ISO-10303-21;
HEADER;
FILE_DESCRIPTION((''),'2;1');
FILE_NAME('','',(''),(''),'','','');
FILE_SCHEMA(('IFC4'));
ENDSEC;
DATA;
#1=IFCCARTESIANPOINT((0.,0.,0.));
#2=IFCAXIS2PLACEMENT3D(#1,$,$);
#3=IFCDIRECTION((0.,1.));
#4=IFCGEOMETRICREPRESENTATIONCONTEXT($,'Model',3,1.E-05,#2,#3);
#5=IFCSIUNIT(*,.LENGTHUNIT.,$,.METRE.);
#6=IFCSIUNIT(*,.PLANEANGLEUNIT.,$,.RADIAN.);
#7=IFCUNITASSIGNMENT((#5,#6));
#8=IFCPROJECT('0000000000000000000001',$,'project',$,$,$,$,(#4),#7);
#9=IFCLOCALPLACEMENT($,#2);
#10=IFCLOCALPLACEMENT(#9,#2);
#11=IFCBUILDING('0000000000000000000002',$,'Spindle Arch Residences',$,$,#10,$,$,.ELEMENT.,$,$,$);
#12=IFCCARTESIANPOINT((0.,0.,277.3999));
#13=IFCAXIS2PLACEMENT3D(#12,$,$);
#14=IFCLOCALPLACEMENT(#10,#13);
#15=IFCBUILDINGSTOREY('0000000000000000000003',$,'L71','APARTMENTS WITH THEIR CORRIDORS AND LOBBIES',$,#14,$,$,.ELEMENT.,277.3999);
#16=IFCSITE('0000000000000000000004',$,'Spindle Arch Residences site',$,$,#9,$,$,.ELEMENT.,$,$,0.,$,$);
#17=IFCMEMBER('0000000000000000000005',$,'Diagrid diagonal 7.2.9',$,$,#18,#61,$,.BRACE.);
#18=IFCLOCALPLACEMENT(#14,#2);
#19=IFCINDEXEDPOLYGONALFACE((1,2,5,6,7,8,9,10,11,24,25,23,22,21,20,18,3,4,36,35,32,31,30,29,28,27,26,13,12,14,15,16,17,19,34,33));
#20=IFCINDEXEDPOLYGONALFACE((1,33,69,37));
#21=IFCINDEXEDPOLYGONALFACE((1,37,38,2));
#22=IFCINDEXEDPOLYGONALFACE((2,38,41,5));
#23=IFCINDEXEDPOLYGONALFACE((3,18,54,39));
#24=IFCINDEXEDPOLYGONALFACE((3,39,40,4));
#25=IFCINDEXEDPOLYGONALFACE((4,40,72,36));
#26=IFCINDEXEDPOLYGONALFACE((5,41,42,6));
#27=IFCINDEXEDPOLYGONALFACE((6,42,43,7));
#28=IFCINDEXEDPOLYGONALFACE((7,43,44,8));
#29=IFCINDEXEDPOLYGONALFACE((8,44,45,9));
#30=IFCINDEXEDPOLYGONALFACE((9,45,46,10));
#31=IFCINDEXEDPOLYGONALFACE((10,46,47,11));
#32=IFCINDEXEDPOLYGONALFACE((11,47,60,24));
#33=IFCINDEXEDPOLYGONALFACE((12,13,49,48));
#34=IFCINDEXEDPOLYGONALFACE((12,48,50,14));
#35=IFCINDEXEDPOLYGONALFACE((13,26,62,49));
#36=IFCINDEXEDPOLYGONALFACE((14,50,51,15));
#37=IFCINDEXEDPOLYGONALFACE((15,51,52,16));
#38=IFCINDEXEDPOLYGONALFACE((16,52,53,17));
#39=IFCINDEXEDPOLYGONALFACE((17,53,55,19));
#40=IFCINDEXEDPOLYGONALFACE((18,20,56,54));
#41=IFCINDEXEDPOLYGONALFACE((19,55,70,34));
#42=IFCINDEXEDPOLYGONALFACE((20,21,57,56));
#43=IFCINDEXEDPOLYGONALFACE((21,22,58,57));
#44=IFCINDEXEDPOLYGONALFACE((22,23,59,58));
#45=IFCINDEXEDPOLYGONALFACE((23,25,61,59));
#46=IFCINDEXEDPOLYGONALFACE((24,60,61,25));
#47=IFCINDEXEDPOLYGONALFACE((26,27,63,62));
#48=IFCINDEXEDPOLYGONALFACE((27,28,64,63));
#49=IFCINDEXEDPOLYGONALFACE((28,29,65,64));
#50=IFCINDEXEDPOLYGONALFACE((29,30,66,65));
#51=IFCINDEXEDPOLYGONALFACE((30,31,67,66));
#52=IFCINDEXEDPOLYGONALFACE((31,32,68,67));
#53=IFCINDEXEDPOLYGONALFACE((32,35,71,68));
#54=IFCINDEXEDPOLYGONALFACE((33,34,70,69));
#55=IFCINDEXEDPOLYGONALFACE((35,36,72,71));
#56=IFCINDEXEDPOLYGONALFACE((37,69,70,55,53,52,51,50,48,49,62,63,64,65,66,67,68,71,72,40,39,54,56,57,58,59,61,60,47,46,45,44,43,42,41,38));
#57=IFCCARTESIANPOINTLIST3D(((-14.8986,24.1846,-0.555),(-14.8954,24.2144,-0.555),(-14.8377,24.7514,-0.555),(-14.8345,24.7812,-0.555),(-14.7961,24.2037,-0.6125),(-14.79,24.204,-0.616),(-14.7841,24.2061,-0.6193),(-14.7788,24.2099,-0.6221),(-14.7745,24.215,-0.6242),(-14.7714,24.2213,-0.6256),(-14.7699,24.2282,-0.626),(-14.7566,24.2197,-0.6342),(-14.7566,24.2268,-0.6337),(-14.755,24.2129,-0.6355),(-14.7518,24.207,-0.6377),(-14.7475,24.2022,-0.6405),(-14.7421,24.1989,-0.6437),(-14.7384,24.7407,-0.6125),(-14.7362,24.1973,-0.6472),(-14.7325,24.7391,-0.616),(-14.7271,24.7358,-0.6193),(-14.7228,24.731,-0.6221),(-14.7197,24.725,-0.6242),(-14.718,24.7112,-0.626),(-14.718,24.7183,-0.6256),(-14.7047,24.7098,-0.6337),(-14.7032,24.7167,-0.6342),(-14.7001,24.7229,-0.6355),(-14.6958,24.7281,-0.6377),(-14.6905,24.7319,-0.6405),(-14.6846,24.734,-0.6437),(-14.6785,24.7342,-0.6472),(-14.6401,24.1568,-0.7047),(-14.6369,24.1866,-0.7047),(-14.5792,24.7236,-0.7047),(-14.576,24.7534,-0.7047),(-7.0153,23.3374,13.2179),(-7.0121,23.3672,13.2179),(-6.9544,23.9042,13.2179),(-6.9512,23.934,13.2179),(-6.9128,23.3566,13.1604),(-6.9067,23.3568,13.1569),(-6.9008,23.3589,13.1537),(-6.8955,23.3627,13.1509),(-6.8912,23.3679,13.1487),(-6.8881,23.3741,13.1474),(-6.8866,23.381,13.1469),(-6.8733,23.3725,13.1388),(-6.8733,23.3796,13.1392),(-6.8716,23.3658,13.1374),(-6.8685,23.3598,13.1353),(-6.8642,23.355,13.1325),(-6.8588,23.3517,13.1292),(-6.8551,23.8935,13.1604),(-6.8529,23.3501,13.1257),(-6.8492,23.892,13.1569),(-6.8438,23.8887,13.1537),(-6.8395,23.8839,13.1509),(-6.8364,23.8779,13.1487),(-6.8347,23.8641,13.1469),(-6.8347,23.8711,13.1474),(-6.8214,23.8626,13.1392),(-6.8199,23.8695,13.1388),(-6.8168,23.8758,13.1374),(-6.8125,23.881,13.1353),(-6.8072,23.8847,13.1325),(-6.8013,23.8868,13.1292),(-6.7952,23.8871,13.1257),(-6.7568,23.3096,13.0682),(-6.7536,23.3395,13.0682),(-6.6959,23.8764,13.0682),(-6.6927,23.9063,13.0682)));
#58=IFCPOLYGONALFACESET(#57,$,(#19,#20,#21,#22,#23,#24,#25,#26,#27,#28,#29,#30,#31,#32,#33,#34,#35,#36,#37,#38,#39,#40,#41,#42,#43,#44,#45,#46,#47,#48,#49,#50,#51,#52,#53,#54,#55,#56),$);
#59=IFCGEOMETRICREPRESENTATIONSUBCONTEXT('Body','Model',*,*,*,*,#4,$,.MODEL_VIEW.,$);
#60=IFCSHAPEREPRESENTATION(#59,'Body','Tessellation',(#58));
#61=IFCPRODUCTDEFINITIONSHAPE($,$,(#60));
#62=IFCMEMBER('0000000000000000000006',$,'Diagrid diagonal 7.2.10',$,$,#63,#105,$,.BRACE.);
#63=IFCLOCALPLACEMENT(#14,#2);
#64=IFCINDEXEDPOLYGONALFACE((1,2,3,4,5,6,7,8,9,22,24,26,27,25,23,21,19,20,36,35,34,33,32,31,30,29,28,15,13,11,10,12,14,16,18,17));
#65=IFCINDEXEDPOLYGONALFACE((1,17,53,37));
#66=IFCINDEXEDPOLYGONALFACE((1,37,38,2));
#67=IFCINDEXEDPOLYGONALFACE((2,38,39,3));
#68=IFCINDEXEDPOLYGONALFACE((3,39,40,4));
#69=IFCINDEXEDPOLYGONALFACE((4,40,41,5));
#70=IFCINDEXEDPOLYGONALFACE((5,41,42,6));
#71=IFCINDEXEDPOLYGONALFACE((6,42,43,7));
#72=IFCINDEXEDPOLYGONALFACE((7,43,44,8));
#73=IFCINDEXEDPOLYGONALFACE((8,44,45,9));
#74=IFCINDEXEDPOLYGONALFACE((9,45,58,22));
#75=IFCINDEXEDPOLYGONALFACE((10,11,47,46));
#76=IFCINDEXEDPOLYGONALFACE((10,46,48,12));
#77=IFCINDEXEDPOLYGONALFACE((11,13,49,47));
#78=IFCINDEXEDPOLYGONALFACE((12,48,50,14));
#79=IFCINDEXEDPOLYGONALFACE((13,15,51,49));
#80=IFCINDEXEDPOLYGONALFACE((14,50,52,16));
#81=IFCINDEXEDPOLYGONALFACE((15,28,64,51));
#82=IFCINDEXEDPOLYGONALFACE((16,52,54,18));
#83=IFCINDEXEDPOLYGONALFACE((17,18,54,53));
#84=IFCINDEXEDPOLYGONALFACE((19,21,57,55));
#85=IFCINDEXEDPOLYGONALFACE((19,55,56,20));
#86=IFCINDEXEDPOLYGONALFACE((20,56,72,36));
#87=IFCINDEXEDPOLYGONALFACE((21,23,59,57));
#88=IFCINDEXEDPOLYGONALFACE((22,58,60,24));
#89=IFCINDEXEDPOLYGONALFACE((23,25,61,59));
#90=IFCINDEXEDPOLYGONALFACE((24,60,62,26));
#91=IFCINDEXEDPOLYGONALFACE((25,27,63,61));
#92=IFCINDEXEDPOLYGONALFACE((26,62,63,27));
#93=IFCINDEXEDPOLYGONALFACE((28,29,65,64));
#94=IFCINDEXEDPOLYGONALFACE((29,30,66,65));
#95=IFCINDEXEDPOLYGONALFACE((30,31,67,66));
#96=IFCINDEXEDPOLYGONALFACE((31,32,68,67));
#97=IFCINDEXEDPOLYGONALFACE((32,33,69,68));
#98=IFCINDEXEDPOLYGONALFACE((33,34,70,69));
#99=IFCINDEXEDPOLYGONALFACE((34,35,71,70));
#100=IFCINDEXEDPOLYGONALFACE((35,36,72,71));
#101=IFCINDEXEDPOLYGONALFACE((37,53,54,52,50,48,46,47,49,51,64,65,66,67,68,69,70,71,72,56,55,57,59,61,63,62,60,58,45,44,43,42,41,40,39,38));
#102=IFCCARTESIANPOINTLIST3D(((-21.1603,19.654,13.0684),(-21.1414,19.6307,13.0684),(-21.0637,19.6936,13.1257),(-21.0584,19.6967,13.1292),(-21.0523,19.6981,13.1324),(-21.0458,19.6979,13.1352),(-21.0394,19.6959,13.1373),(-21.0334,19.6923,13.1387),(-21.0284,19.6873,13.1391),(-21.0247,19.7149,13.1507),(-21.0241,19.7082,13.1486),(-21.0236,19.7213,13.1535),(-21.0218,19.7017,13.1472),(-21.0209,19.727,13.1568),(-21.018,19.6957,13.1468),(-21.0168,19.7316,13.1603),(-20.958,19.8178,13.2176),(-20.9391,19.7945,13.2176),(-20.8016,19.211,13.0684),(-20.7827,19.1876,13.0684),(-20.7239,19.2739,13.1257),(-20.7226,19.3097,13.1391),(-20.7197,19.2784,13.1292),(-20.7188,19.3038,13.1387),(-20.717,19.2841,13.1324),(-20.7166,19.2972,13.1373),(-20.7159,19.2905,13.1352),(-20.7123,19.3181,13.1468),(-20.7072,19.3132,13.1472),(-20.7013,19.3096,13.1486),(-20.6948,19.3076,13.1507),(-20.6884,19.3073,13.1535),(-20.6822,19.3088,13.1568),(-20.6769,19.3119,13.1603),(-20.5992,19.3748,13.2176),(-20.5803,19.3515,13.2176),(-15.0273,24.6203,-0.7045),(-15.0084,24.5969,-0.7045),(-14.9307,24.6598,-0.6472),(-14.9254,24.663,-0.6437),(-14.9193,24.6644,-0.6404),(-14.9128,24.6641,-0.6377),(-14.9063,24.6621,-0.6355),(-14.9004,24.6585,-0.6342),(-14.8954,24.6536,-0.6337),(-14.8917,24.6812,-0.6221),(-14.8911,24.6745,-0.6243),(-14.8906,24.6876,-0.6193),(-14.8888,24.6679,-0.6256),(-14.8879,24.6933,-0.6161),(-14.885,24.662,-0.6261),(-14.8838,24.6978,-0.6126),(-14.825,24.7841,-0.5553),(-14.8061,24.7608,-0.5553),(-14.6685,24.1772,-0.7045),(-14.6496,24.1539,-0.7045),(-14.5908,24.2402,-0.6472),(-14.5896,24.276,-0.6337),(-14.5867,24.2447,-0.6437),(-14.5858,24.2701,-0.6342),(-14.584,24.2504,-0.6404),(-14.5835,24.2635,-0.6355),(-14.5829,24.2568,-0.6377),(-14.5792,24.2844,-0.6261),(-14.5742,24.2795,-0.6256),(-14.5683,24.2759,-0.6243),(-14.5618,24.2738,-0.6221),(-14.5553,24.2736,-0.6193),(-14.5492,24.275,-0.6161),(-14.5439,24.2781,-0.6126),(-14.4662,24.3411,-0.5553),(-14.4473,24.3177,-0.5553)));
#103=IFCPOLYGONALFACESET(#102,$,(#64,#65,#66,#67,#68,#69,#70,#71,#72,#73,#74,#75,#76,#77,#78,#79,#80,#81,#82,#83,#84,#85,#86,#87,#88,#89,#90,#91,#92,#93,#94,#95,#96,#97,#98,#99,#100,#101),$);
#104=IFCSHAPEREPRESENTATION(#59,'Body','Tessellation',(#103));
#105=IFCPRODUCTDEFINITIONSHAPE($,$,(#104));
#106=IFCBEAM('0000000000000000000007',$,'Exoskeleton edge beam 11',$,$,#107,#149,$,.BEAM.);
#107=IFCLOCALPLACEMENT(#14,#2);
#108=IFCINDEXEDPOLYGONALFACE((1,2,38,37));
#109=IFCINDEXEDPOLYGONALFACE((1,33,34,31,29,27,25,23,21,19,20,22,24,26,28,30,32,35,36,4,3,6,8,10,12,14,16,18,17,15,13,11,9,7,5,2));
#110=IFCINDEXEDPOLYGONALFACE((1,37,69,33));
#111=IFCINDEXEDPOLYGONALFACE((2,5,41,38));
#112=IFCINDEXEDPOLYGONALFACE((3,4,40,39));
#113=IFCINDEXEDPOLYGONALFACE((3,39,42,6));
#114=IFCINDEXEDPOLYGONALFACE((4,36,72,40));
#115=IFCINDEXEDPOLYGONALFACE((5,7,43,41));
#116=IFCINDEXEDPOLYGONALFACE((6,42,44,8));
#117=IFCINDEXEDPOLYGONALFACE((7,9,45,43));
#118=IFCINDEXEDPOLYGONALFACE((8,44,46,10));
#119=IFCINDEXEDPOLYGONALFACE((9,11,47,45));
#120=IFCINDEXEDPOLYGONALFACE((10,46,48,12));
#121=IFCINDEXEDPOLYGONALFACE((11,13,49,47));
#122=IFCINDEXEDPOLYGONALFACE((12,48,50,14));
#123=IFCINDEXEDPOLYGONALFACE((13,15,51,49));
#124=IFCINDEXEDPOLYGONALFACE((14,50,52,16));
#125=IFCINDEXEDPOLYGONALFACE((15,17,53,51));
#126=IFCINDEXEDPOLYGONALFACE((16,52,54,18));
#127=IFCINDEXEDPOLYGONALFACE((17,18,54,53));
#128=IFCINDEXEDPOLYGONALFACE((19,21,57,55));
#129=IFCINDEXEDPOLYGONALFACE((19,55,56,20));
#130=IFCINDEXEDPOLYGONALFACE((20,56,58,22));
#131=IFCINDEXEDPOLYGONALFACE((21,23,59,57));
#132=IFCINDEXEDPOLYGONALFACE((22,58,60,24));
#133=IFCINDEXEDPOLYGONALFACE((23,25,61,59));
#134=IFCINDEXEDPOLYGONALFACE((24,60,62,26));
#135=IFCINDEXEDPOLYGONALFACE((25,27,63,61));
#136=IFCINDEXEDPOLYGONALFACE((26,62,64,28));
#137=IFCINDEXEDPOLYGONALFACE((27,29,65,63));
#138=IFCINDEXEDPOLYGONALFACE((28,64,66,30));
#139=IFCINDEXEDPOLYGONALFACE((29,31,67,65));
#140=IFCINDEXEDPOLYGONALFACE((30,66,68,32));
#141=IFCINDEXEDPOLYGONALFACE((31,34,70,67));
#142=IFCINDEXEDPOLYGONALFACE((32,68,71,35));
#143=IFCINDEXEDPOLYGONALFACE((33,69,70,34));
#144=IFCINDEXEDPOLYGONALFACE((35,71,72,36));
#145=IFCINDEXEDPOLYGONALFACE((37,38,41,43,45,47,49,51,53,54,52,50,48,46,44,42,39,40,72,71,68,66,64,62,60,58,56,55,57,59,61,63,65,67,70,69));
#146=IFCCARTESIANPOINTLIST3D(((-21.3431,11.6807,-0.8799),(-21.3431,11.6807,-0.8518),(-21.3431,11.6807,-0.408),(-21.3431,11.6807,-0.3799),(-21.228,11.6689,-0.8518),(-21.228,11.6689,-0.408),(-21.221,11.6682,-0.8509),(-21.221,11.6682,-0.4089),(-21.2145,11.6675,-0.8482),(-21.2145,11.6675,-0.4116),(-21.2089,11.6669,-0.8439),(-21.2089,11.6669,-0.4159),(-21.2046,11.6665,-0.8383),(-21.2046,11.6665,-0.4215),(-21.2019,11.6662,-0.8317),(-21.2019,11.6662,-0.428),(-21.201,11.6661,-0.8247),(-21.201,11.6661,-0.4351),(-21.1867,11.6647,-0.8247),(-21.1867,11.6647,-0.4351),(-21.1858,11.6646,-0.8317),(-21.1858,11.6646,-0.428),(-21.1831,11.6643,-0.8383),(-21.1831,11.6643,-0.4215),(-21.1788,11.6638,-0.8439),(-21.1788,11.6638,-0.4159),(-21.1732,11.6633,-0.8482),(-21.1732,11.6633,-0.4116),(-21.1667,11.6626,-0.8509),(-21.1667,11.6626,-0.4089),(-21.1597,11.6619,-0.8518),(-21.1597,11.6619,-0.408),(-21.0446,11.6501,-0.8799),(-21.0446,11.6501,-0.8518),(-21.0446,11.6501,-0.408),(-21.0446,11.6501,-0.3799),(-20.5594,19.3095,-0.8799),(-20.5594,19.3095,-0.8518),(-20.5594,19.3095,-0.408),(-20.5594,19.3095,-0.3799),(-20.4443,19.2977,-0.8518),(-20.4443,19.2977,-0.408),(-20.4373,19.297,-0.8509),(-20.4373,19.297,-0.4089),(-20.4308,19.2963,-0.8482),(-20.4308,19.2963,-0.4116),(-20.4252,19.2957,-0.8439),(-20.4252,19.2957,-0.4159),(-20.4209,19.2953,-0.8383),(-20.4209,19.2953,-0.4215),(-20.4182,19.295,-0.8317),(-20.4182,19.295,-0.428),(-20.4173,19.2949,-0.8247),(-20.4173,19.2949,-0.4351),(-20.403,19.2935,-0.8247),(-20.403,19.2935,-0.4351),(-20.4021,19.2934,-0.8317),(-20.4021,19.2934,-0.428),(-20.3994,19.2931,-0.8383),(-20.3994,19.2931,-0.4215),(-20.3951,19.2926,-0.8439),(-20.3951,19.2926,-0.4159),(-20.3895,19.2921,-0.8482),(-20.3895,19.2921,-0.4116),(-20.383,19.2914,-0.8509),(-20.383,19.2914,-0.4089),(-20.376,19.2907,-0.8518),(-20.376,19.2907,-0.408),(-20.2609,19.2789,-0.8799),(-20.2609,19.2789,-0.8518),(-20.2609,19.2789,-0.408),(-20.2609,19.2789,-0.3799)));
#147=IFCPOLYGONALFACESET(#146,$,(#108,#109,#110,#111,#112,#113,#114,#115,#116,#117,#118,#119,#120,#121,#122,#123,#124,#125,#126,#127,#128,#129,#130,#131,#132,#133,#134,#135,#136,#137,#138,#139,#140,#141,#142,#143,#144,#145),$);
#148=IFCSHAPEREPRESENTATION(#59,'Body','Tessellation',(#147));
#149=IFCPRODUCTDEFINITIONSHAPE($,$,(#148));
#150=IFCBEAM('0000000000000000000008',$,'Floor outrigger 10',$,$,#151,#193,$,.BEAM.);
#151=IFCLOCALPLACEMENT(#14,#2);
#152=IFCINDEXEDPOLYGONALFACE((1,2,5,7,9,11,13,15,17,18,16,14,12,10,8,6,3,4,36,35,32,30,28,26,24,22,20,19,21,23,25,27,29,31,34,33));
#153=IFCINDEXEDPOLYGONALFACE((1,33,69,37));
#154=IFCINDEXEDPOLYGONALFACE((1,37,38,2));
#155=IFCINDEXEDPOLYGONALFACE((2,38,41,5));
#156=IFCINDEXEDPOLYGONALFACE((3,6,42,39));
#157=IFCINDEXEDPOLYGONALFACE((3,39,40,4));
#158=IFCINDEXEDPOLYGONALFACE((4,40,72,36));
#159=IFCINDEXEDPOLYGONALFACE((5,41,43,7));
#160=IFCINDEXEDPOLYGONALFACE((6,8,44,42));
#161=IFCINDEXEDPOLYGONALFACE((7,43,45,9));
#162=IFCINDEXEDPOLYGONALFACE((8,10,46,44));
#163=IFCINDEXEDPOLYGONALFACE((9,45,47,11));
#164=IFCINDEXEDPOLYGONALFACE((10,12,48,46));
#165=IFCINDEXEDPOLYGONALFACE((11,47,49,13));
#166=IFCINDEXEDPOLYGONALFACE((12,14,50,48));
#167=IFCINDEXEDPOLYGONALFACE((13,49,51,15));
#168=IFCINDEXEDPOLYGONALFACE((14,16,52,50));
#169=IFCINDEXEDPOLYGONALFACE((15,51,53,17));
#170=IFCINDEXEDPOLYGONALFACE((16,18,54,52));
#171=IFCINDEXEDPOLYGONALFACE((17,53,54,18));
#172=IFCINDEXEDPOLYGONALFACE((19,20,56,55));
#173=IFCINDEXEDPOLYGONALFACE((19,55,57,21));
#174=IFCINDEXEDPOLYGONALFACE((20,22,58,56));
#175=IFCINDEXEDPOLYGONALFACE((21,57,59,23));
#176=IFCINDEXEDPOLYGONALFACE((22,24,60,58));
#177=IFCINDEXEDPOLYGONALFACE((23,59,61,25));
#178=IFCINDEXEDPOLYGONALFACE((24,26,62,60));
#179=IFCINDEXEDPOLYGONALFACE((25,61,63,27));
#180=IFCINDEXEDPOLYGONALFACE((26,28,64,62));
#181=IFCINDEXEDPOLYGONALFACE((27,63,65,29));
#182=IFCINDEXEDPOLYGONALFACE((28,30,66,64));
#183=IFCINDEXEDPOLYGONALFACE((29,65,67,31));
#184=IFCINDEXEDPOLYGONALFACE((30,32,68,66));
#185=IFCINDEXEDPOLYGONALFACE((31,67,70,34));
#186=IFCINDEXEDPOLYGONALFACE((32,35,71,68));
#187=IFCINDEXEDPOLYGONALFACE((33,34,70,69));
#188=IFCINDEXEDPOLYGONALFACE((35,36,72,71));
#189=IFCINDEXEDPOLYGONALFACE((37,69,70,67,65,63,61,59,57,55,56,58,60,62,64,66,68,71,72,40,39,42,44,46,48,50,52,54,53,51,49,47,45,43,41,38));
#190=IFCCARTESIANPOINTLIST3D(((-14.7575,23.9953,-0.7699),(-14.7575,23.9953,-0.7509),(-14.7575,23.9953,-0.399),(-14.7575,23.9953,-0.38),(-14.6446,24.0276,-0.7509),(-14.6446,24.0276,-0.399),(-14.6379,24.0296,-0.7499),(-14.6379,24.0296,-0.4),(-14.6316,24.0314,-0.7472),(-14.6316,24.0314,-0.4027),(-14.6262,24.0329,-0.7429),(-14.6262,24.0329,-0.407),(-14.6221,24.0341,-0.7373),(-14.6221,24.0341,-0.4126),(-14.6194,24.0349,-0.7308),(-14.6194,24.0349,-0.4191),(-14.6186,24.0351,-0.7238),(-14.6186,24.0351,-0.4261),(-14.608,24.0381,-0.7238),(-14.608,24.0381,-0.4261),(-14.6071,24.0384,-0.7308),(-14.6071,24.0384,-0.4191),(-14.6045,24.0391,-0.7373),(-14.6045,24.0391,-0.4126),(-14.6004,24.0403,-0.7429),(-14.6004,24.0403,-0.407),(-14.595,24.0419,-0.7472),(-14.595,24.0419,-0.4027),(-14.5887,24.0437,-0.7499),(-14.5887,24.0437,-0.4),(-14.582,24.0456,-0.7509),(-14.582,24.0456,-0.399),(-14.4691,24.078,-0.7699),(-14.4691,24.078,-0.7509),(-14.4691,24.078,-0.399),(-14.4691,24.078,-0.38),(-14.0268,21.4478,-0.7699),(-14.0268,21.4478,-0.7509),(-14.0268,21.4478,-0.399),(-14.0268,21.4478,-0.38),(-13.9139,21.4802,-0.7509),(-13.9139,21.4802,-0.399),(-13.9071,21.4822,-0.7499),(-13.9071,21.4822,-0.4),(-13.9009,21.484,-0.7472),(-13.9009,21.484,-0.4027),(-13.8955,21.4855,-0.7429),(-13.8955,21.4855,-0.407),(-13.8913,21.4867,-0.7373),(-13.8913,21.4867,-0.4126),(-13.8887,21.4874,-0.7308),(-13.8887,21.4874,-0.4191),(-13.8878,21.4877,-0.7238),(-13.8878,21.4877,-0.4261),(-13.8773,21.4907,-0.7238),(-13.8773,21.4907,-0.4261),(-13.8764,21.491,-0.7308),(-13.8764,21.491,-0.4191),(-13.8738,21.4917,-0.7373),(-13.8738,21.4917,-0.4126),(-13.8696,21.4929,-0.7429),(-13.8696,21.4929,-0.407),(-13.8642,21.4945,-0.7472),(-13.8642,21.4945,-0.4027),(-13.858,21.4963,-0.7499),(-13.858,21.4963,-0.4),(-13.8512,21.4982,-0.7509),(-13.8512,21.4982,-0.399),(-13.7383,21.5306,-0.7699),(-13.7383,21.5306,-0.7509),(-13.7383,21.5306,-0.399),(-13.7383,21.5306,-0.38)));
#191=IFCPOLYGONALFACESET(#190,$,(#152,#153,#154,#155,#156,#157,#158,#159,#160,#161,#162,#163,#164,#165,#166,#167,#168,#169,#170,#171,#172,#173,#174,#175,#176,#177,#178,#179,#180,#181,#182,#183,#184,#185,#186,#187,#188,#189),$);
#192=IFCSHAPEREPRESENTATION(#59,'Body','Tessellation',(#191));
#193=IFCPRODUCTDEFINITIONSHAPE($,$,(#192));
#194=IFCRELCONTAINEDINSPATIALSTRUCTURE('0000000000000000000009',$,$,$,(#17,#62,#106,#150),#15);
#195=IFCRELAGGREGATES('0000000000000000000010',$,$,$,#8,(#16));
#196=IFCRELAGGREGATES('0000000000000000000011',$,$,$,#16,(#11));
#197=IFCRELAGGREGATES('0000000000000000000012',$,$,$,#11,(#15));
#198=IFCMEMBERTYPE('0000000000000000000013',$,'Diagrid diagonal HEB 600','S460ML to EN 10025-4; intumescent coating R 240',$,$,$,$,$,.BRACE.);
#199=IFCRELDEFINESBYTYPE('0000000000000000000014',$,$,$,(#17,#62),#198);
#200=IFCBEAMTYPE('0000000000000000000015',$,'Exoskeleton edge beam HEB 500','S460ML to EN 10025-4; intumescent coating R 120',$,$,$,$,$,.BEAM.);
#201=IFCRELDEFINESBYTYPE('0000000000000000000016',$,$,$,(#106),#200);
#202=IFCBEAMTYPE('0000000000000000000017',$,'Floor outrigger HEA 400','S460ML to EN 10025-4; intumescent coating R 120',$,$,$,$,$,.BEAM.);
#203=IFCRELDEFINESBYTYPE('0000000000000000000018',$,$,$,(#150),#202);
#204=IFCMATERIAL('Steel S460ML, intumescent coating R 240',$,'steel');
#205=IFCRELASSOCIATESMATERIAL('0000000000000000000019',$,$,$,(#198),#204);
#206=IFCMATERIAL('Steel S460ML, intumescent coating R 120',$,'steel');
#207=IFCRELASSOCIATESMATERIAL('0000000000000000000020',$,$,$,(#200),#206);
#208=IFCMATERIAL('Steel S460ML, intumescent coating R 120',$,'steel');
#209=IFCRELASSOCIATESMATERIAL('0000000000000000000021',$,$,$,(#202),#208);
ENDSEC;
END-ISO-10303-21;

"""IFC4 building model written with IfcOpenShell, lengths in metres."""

from ifc_helpers import new_model, si_unit, direction, frame, origin, origin_2d, place, context, subcontext, project, spatial, i_section, extrude, material, material_profile, profile_set, type_object, element, save


model = new_model("IFC4")

# Units and contexts
model_context = context("Model", 3, precision=1e-05, world=origin(), true_north=direction((0.0, 1.0)))
body_context = subcontext(model_context, "Body", "Model", "MODEL_VIEW")
ifc_project = project(units=[si_unit("LENGTHUNIT", "METRE"), si_unit("PLANEANGLEUNIT", "RADIAN")], contexts=[model_context])

# Site, building, storey
site_placement = place(None, origin())
site = spatial("IfcSite", under=ifc_project, at=site_placement, Name="Spindle Arch Residences site", CompositionType="ELEMENT", RefElevation=0.0)
building_placement = place(site_placement, origin())
building = spatial("IfcBuilding", under=site, at=building_placement, Name="Spindle Arch Residences", CompositionType="ELEMENT")
storey_placement = place(building_placement, frame((0.0, 0.0, 277.3999)))
storey = spatial("IfcBuildingStorey", under=building, at=storey_placement, Name="L71", Description="APARTMENTS WITH THEIR CORRIDORS AND LOBBIES", CompositionType="ELEMENT", Elevation=277.3999)

# Members
ifc_material_1 = material(Name="Steel S460ML, intumescent coating R 240", Category="steel")
ifc_material_profile_1 = material_profile(ifc_material_1, i_section(OverallWidth=0.3, OverallDepth=0.6001, WebThickness=0.0154, FlangeThickness=0.03, FilletRadius=0.0271, at=origin_2d()), Name="HEB 600")
ifc_profile_set_1 = profile_set([ifc_material_profile_1], Name="Steel S460ML, intumescent coating R 240")
member_type_1 = type_object("IfcMemberType", Name="Diagrid diagonal HEB 600", Description="S460ML to EN 10025-4; intumescent coating R 240", PredefinedType="BRACE", material=ifc_profile_set_1)
member_1_placement = place(storey_placement, frame((-14.7373, 24.469, -0.6299), z_axis=(0.496052, -0.053308, 0.866655), x_axis=(-0.861694, 0.092601, 0.498908)))
element("IfcMember", 1, at=member_1_placement, inside=storey, type_object=member_type_1, Name="Diagrid diagonal 7.2.9", PredefinedType="BRACE", context=body_context, shape_type="SweptSolid", body=[
    extrude(i_section(OverallWidth=0.3, OverallDepth=0.6001, WebThickness=0.0154, FlangeThickness=0.03, FilletRadius=0.0271, at=origin_2d()), origin(), (0.0, 0.0, 1.0), 15.8921),
])
member_2_placement = place(storey_placement, frame((-14.7373, 24.469, -0.6299), z_axis=(-0.386367, -0.312865, 0.867661), x_axis=(0.674307, 0.546027, 0.497156)))
element("IfcMember", 2, at=member_2_placement, inside=storey, type_object=member_type_1, Name="Diagrid diagonal 7.2.10", PredefinedType="BRACE", context=body_context, shape_type="SweptSolid", body=[
    extrude(i_section(OverallWidth=0.3, OverallDepth=0.6001, WebThickness=0.0154, FlangeThickness=0.03, FilletRadius=0.0271, at=origin_2d()), origin(), (0.0, 0.0, 1.0), 15.8735),
])

# Beams
ifc_material_2 = material(Name="Steel S460ML, intumescent coating R 120", Category="steel")
ifc_material_profile_2 = material_profile(ifc_material_2, i_section(OverallWidth=0.3, OverallDepth=0.5, WebThickness=0.0144, FlangeThickness=0.0281, FilletRadius=0.0271, at=origin_2d()), Name="HEB 500")
ifc_profile_set_2 = profile_set([ifc_material_profile_2], Name="Steel S460ML, intumescent coating R 120")
beam_type_1 = type_object("IfcBeamType", Name="Exoskeleton edge beam HEB 500", Description="S460ML to EN 10025-4; intumescent coating R 120", PredefinedType="BEAM", material=ifc_profile_set_2)
beam_1_placement = place(storey_placement, frame((-20.4102, 19.2942, -0.6299), z_axis=(-0.102189, -0.994765, 0.0), x_axis=(0.994765, -0.102189, 0.0)))
element("IfcBeam", 3, at=beam_1_placement, inside=storey, type_object=beam_type_1, Name="Exoskeleton edge beam 11", PredefinedType="BEAM", context=body_context, shape_type="SweptSolid", body=[
    extrude(i_section(OverallWidth=0.3, OverallDepth=0.5, WebThickness=0.0144, FlangeThickness=0.0281, FilletRadius=0.0271, at=origin_2d()), origin(), (0.0, 0.0, 1.0), 7.6689),
])
ifc_material_3 = material(Name="Steel S460ML, intumescent coating R 120", Category="steel")
ifc_material_profile_3 = material_profile(ifc_material_3, i_section(OverallWidth=0.3, OverallDepth=0.3899, WebThickness=0.011, FlangeThickness=0.019, FilletRadius=0.0271, at=origin_2d()), Name="HEA 400")
ifc_profile_set_3 = profile_set([ifc_material_profile_3], Name="Steel S460ML, intumescent coating R 120")
beam_type_2 = type_object("IfcBeamType", Name="Floor outrigger HEA 400", Description="S460ML to EN 10025-4; intumescent coating R 120", PredefinedType="BEAM", material=ifc_profile_set_3)
beam_2_placement = place(storey_placement, frame((-14.6133, 24.0366, -0.575), z_axis=(0.275731, -0.961235, 0.0), x_axis=(0.961235, 0.275731, 0.0)))
element("IfcBeam", 4, at=beam_2_placement, inside=storey, type_object=beam_type_2, Name="Floor outrigger 10", PredefinedType="BEAM", context=body_context, shape_type="SweptSolid", body=[
    extrude(i_section(OverallWidth=0.3, OverallDepth=0.3899, WebThickness=0.011, FlangeThickness=0.019, FilletRadius=0.0271, at=origin_2d()), origin(), (0.0, 0.0, 1.0), 2.6501),
])

save(model, "model.ifc")
